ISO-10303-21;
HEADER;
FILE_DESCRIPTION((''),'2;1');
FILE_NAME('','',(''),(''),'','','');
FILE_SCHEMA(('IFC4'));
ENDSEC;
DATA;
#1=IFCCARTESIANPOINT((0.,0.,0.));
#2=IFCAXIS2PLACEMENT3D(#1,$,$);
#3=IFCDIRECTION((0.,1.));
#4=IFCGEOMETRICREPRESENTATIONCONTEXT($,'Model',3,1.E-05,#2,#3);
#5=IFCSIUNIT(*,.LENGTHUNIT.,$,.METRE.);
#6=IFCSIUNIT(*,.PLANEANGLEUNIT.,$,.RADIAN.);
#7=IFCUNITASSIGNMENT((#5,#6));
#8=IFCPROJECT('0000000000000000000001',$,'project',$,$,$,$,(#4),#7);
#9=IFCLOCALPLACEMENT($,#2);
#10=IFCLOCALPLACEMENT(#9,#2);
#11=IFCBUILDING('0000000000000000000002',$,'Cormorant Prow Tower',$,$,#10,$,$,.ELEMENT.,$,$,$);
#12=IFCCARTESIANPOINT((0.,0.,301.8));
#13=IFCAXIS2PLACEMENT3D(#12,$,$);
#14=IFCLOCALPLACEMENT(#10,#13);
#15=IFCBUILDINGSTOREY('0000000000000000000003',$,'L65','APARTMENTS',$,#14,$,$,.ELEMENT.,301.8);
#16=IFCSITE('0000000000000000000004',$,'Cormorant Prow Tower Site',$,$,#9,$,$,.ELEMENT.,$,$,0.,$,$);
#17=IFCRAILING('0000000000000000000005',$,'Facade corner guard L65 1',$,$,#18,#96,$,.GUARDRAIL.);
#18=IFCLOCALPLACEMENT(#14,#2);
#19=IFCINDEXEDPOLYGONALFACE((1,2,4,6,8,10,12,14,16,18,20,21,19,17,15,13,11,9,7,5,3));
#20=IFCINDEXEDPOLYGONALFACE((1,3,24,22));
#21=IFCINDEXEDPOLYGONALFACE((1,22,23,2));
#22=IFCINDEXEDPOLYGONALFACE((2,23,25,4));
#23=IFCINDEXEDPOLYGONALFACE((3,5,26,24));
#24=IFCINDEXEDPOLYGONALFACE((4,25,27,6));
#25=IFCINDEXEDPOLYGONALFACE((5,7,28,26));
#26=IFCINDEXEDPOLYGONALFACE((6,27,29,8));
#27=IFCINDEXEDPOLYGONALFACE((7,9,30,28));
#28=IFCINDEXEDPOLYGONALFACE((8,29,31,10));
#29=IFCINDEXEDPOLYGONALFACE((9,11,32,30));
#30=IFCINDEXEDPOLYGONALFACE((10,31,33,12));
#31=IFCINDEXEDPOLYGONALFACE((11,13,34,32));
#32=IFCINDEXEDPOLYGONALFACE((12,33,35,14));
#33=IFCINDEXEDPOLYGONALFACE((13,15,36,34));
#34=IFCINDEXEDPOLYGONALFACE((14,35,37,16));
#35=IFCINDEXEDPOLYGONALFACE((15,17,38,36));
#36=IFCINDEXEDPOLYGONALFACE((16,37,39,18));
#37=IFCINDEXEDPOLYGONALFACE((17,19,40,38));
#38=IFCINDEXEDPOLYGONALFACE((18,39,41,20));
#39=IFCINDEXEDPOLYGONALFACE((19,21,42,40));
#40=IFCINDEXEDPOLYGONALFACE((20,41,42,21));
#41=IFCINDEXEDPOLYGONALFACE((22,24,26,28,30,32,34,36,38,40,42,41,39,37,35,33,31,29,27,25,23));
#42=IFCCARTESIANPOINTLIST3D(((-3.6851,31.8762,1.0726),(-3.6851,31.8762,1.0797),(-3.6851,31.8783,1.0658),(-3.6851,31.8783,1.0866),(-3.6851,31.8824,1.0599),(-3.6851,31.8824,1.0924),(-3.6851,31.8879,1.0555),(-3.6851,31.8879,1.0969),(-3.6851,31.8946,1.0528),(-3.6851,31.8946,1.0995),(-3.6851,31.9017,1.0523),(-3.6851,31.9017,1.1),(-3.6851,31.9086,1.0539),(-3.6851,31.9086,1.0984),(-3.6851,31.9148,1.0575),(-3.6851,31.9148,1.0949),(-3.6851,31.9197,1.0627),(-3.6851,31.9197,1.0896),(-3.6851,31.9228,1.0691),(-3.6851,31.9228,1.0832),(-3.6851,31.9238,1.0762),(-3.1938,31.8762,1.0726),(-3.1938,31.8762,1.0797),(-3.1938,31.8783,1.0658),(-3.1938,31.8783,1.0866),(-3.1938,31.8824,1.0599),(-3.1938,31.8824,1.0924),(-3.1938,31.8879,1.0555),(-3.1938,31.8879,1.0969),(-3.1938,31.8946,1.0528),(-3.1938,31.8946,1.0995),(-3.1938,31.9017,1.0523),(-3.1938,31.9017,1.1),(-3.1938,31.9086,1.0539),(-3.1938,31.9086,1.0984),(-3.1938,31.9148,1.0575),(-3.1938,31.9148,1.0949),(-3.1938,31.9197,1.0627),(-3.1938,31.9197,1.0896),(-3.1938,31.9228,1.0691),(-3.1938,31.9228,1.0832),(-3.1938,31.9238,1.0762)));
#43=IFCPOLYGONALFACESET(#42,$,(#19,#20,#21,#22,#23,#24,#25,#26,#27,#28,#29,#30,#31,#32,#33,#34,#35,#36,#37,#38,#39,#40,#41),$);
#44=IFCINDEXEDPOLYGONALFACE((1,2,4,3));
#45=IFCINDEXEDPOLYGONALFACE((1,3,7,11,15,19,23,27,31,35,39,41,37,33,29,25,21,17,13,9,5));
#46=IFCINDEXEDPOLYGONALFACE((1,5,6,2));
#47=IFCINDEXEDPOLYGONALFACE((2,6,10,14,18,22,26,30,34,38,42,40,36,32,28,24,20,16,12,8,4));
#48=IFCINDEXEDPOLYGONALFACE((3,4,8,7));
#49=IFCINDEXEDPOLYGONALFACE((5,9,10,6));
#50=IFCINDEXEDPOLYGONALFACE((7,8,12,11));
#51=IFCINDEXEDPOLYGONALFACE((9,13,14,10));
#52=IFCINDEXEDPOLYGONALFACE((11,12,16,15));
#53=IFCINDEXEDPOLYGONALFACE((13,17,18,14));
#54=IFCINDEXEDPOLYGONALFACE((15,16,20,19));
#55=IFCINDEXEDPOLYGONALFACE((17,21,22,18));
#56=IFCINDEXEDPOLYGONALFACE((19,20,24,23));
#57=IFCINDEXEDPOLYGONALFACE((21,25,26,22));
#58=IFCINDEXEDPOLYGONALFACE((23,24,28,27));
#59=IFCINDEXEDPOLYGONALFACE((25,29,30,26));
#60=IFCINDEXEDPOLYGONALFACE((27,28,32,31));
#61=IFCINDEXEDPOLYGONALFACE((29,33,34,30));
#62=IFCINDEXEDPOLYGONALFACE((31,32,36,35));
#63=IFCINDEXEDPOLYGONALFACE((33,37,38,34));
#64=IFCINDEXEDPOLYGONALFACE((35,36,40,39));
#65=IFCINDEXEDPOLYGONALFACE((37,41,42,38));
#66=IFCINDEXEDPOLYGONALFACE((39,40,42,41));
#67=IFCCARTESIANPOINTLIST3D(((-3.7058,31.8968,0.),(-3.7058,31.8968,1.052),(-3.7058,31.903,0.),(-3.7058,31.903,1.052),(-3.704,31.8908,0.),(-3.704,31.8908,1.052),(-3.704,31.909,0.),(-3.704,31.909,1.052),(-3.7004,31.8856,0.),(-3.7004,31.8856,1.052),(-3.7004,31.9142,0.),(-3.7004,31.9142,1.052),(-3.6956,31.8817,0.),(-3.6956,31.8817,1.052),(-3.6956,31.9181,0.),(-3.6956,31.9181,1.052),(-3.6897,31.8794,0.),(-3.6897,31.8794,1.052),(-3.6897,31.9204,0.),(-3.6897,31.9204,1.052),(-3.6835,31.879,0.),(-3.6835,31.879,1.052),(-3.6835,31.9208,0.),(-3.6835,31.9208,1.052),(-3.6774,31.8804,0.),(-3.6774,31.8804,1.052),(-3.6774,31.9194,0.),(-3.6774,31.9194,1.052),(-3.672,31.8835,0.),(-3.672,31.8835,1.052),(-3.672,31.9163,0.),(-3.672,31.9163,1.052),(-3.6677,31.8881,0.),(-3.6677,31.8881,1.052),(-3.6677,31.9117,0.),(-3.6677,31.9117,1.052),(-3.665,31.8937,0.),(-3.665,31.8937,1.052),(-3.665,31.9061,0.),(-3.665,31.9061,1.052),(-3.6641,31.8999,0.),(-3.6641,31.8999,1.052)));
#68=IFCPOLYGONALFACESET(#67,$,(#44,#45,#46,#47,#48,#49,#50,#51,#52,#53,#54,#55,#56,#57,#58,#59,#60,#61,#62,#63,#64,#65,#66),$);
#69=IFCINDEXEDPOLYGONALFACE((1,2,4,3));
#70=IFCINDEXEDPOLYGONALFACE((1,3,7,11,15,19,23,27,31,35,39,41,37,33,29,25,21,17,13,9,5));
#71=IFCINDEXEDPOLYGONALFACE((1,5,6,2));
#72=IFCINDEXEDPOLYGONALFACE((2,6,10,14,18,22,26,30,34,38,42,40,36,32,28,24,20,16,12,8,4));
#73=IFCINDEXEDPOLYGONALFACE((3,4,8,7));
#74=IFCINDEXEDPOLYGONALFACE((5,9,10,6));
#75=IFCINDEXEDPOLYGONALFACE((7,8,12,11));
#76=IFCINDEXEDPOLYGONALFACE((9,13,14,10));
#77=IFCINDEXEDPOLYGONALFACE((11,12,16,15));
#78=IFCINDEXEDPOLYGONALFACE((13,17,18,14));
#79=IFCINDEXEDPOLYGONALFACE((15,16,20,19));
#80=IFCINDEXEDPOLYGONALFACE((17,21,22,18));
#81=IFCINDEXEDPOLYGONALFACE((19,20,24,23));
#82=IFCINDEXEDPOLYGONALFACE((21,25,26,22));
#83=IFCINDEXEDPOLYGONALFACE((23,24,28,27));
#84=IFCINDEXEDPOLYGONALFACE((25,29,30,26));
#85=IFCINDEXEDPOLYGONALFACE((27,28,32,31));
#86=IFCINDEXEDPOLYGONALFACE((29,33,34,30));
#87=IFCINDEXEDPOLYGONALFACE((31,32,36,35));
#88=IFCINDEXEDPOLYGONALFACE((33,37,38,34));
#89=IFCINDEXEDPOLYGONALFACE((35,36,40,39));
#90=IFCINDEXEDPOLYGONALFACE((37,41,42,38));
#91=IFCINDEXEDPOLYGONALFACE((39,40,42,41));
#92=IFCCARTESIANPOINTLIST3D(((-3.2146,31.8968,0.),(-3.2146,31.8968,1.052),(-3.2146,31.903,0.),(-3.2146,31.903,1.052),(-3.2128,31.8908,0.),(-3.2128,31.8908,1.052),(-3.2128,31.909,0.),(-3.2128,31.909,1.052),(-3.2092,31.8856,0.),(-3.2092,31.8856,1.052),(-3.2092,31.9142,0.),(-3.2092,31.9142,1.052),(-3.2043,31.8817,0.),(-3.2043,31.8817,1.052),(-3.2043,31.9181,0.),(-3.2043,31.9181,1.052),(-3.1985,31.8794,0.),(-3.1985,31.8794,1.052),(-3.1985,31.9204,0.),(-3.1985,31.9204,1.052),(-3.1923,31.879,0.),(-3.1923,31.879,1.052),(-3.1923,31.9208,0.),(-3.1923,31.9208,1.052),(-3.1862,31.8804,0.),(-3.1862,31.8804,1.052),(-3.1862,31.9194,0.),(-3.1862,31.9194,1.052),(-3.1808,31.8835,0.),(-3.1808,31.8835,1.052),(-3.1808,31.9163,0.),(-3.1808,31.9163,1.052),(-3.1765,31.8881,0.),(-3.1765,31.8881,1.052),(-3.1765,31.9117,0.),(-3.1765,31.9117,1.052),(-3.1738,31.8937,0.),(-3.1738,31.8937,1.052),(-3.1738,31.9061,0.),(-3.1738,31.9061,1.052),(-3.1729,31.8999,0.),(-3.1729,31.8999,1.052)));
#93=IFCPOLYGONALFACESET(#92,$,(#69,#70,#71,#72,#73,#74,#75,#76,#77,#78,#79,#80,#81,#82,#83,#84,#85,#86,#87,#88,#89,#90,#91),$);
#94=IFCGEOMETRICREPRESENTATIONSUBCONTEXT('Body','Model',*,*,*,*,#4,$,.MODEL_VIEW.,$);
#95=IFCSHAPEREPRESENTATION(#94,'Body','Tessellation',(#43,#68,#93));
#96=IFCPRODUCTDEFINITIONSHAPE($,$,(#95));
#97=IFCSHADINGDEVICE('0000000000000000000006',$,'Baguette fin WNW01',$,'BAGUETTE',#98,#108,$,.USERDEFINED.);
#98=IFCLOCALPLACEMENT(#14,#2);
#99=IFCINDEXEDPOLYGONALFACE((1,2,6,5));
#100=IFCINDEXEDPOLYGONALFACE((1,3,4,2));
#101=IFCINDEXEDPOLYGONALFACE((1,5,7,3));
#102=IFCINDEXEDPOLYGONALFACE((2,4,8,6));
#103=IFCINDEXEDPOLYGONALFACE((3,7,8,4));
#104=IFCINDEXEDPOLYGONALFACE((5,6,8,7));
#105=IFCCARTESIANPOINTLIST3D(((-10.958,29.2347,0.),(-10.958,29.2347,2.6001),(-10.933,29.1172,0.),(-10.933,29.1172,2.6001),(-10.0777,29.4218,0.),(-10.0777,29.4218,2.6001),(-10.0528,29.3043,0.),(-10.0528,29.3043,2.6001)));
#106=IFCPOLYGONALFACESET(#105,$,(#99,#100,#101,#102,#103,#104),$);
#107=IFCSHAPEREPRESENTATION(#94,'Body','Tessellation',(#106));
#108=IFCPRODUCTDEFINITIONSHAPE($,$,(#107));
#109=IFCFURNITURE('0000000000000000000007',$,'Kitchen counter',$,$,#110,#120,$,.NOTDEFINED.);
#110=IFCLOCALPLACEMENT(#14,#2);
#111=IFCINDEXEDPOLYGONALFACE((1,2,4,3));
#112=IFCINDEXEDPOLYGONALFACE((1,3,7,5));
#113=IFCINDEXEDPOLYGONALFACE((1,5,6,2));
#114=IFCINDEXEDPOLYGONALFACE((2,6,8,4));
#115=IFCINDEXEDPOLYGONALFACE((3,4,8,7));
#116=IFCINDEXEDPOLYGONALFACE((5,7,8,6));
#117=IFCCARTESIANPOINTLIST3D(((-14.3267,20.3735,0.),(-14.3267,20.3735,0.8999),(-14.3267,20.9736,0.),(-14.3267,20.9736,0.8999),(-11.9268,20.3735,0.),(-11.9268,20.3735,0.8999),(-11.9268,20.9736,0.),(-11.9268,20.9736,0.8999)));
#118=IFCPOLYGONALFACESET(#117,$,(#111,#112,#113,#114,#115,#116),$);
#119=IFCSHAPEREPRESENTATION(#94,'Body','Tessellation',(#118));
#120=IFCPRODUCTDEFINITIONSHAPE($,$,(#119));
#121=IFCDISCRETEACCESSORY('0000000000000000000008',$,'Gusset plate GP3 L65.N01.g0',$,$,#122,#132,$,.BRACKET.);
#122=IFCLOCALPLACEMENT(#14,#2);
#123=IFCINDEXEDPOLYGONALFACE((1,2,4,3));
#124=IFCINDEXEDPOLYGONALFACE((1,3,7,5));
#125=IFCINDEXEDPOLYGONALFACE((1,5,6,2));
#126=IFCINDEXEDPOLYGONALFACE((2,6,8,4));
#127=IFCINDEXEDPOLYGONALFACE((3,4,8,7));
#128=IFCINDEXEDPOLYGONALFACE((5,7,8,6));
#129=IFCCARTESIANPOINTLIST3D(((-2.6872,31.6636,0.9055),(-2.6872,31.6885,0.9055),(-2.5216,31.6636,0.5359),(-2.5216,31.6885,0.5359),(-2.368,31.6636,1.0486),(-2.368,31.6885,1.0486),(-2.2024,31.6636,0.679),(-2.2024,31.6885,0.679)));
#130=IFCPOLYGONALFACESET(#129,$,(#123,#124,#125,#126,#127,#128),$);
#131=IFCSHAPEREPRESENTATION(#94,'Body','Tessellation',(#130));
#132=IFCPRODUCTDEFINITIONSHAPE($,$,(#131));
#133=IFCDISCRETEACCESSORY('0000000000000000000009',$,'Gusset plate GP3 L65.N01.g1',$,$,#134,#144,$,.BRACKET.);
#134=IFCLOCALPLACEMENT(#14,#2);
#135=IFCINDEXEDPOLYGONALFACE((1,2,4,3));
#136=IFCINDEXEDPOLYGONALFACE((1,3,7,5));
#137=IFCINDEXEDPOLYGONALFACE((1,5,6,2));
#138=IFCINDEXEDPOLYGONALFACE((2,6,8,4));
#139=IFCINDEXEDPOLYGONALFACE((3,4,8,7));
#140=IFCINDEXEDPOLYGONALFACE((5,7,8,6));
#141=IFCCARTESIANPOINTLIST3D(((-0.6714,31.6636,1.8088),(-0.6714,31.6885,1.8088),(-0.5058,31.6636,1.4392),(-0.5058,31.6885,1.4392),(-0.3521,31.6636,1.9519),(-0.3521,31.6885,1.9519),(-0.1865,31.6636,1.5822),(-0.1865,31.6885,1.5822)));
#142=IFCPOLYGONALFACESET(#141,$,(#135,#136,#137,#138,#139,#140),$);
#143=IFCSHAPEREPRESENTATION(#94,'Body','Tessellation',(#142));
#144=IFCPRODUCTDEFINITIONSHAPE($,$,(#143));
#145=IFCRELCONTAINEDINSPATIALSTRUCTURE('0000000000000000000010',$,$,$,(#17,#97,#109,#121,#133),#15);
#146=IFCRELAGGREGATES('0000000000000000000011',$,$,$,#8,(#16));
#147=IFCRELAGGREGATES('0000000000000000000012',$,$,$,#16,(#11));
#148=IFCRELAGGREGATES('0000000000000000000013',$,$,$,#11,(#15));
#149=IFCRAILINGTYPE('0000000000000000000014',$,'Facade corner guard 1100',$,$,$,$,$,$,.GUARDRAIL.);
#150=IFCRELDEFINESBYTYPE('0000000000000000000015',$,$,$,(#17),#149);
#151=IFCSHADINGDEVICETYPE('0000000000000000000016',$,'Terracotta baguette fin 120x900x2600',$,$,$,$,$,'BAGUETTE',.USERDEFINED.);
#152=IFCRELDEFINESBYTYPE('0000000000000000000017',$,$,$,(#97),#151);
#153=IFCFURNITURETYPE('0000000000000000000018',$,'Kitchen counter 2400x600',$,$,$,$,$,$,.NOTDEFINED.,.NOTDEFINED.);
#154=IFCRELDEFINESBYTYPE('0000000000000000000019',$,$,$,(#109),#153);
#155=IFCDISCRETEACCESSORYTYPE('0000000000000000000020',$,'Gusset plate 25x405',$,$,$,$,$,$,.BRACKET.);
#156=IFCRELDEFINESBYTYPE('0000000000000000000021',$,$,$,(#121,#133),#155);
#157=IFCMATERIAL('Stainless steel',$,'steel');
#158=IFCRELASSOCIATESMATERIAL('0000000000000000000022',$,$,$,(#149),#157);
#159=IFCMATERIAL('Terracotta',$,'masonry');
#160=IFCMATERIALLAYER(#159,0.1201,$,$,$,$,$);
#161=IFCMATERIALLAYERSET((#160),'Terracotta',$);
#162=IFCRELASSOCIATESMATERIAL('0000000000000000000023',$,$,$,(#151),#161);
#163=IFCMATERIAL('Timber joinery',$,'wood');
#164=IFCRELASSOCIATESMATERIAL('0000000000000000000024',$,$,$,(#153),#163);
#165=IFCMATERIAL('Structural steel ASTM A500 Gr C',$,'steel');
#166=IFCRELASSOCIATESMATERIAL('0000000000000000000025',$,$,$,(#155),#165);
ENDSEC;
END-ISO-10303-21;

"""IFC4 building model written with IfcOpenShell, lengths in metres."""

from ifc_helpers import new_model, si_unit, direction, frame, origin, origin_2d, place, context, subcontext, project, spatial, rectangle, circle, extrude, material, layer, layer_set, material_profile, profile_set, type_object, element, save


model = new_model("IFC4")

# Units and contexts
model_context = context("Model", 3, precision=1e-05, world=origin(), true_north=direction((0.0, 1.0)))
body_context = subcontext(model_context, "Body", "Model", "MODEL_VIEW")
ifc_project = project(units=[si_unit("LENGTHUNIT", "METRE"), si_unit("PLANEANGLEUNIT", "RADIAN")], contexts=[model_context])

# Site, building, storey
site_placement = place(None, origin())
site = spatial("IfcSite", under=ifc_project, at=site_placement, Name="Cormorant Prow Tower Site", CompositionType="ELEMENT", RefElevation=0.0)
building_placement = place(site_placement, origin())
building = spatial("IfcBuilding", under=site, at=building_placement, Name="Cormorant Prow Tower", CompositionType="ELEMENT")
storey_placement = place(building_placement, frame((0.0, 0.0, 301.8)))
storey = spatial("IfcBuildingStorey", under=building, at=storey_placement, Name="L65", Description="APARTMENTS", CompositionType="ELEMENT", Elevation=301.8)

# Railing
ifc_material_1 = material(Name="Stainless steel", Category="steel")
railing_type_1 = type_object("IfcRailingType", Name="Facade corner guard 1100", PredefinedType="GUARDRAIL", material=ifc_material_1)
railing_1_placement = place(storey_placement, frame((-3.6851, 31.8999, 0.0)))
element("IfcRailing", 1, at=railing_1_placement, inside=storey, type_object=railing_type_1, Name="Facade corner guard L65 1", PredefinedType="GUARDRAIL", context=body_context, shape_type="SweptSolid", body=[
    extrude(circle(Radius=0.0239, at=origin_2d()), frame((0.0, 0.0, 1.0762), z_axis=(1.0, 0.0, 0.0), x_axis=(0.0, 1.0, 0.0)), (0.0, 0.0, 1.0), 0.4912),
    extrude(circle(Radius=0.021, at=origin_2d()), origin(), (0.0, 0.0, 1.0), 1.052),
    extrude(circle(Radius=0.021, at=origin_2d()), frame((0.4912, 0.0, 0.0)), (0.0, 0.0, 1.0), 1.052),
])

# Shading device
ifc_material_2 = material(Name="Terracotta", Category="masonry")
ifc_layer_1 = layer(ifc_material_2, 0.1201)
ifc_layer_set_1 = layer_set([ifc_layer_1], Name="Terracotta")
shading_device_type = type_object("IfcShadingDeviceType", Name="Terracotta baguette fin 120x900x2600", ElementType="BAGUETTE", PredefinedType="USERDEFINED", material=ifc_layer_set_1)
shading_device_placement = place(storey_placement, frame((-10.5054, 29.2695, 0.0), z_axis=(0.0, 0.0, 1.0), x_axis=(0.207912, -0.978148, 0.0)))
element("IfcShadingDevice", 2, at=shading_device_placement, inside=storey, type_object=shading_device_type, Name="Baguette fin WNW01", ObjectType="BAGUETTE", PredefinedType="USERDEFINED", context=body_context, shape_type="SweptSolid", body=[
    extrude(rectangle(XDim=0.1201, YDim=0.8999, at=origin_2d()), origin(), (0.0, 0.0, 1.0), 2.6001),
])

# Furniture
ifc_material_3 = material(Name="Timber joinery", Category="wood")
furniture_type = type_object("IfcFurnitureType", Name="Kitchen counter 2400x600", AssemblyPlace="NOTDEFINED", PredefinedType="NOTDEFINED", material=ifc_material_3)
furniture_placement = place(storey_placement, frame((-13.1267, 20.6736, 0.0), z_axis=(0.0, 0.0, 1.0), x_axis=(1.0, 0.0, 0.0)))
element("IfcFurniture", 3, at=furniture_placement, inside=storey, type_object=furniture_type, Name="Kitchen counter", PredefinedType="NOTDEFINED", context=body_context, shape_type="SweptSolid", body=[
    extrude(rectangle(XDim=2.3999, YDim=0.6001, at=origin_2d()), origin(), (0.0, 0.0, 1.0), 0.8999),
])

# Discrete accessories
ifc_material_4 = material(Name="Structural steel ASTM A500 Gr C", Category="steel")
ifc_material_profile_1 = material_profile(ifc_material_4, rectangle(XDim=0.0249, YDim=0.405, at=origin_2d()), Name="Gusset plate 25x405")
ifc_profile_set_1 = profile_set([ifc_material_profile_1], Name="Structural steel ASTM A500 Gr C")
discrete_accessory_type = type_object("IfcDiscreteAccessoryType", Name="Gusset plate 25x405", PredefinedType="BRACKET", material=ifc_profile_set_1)
for number, where, z_axis, x_axis, name in (
    (4, (-2.2852, 31.676, 0.8638), (-0.912599, 0.0, -0.408856), (0.0, -1.0, 0.0), "Gusset plate GP3 L65.N01.g0"),
    (5, (-0.5886, 31.676, 1.624), (0.912599, 0.0, 0.408856), (0.0, 1.0, 0.0), "Gusset plate GP3 L65.N01.g1"),
):
    element("IfcDiscreteAccessory", number, at=place(storey_placement, frame(where, z_axis=z_axis, x_axis=x_axis)), inside=storey, type_object=discrete_accessory_type, Name=name, PredefinedType="BRACKET", context=body_context, shape_type="SweptSolid", body=[
        extrude(rectangle(XDim=0.0249, YDim=0.405, at=origin_2d()), origin(), (0.0, 0.0, 1.0), 0.3499),
    ])

save(model, "model.ifc")
